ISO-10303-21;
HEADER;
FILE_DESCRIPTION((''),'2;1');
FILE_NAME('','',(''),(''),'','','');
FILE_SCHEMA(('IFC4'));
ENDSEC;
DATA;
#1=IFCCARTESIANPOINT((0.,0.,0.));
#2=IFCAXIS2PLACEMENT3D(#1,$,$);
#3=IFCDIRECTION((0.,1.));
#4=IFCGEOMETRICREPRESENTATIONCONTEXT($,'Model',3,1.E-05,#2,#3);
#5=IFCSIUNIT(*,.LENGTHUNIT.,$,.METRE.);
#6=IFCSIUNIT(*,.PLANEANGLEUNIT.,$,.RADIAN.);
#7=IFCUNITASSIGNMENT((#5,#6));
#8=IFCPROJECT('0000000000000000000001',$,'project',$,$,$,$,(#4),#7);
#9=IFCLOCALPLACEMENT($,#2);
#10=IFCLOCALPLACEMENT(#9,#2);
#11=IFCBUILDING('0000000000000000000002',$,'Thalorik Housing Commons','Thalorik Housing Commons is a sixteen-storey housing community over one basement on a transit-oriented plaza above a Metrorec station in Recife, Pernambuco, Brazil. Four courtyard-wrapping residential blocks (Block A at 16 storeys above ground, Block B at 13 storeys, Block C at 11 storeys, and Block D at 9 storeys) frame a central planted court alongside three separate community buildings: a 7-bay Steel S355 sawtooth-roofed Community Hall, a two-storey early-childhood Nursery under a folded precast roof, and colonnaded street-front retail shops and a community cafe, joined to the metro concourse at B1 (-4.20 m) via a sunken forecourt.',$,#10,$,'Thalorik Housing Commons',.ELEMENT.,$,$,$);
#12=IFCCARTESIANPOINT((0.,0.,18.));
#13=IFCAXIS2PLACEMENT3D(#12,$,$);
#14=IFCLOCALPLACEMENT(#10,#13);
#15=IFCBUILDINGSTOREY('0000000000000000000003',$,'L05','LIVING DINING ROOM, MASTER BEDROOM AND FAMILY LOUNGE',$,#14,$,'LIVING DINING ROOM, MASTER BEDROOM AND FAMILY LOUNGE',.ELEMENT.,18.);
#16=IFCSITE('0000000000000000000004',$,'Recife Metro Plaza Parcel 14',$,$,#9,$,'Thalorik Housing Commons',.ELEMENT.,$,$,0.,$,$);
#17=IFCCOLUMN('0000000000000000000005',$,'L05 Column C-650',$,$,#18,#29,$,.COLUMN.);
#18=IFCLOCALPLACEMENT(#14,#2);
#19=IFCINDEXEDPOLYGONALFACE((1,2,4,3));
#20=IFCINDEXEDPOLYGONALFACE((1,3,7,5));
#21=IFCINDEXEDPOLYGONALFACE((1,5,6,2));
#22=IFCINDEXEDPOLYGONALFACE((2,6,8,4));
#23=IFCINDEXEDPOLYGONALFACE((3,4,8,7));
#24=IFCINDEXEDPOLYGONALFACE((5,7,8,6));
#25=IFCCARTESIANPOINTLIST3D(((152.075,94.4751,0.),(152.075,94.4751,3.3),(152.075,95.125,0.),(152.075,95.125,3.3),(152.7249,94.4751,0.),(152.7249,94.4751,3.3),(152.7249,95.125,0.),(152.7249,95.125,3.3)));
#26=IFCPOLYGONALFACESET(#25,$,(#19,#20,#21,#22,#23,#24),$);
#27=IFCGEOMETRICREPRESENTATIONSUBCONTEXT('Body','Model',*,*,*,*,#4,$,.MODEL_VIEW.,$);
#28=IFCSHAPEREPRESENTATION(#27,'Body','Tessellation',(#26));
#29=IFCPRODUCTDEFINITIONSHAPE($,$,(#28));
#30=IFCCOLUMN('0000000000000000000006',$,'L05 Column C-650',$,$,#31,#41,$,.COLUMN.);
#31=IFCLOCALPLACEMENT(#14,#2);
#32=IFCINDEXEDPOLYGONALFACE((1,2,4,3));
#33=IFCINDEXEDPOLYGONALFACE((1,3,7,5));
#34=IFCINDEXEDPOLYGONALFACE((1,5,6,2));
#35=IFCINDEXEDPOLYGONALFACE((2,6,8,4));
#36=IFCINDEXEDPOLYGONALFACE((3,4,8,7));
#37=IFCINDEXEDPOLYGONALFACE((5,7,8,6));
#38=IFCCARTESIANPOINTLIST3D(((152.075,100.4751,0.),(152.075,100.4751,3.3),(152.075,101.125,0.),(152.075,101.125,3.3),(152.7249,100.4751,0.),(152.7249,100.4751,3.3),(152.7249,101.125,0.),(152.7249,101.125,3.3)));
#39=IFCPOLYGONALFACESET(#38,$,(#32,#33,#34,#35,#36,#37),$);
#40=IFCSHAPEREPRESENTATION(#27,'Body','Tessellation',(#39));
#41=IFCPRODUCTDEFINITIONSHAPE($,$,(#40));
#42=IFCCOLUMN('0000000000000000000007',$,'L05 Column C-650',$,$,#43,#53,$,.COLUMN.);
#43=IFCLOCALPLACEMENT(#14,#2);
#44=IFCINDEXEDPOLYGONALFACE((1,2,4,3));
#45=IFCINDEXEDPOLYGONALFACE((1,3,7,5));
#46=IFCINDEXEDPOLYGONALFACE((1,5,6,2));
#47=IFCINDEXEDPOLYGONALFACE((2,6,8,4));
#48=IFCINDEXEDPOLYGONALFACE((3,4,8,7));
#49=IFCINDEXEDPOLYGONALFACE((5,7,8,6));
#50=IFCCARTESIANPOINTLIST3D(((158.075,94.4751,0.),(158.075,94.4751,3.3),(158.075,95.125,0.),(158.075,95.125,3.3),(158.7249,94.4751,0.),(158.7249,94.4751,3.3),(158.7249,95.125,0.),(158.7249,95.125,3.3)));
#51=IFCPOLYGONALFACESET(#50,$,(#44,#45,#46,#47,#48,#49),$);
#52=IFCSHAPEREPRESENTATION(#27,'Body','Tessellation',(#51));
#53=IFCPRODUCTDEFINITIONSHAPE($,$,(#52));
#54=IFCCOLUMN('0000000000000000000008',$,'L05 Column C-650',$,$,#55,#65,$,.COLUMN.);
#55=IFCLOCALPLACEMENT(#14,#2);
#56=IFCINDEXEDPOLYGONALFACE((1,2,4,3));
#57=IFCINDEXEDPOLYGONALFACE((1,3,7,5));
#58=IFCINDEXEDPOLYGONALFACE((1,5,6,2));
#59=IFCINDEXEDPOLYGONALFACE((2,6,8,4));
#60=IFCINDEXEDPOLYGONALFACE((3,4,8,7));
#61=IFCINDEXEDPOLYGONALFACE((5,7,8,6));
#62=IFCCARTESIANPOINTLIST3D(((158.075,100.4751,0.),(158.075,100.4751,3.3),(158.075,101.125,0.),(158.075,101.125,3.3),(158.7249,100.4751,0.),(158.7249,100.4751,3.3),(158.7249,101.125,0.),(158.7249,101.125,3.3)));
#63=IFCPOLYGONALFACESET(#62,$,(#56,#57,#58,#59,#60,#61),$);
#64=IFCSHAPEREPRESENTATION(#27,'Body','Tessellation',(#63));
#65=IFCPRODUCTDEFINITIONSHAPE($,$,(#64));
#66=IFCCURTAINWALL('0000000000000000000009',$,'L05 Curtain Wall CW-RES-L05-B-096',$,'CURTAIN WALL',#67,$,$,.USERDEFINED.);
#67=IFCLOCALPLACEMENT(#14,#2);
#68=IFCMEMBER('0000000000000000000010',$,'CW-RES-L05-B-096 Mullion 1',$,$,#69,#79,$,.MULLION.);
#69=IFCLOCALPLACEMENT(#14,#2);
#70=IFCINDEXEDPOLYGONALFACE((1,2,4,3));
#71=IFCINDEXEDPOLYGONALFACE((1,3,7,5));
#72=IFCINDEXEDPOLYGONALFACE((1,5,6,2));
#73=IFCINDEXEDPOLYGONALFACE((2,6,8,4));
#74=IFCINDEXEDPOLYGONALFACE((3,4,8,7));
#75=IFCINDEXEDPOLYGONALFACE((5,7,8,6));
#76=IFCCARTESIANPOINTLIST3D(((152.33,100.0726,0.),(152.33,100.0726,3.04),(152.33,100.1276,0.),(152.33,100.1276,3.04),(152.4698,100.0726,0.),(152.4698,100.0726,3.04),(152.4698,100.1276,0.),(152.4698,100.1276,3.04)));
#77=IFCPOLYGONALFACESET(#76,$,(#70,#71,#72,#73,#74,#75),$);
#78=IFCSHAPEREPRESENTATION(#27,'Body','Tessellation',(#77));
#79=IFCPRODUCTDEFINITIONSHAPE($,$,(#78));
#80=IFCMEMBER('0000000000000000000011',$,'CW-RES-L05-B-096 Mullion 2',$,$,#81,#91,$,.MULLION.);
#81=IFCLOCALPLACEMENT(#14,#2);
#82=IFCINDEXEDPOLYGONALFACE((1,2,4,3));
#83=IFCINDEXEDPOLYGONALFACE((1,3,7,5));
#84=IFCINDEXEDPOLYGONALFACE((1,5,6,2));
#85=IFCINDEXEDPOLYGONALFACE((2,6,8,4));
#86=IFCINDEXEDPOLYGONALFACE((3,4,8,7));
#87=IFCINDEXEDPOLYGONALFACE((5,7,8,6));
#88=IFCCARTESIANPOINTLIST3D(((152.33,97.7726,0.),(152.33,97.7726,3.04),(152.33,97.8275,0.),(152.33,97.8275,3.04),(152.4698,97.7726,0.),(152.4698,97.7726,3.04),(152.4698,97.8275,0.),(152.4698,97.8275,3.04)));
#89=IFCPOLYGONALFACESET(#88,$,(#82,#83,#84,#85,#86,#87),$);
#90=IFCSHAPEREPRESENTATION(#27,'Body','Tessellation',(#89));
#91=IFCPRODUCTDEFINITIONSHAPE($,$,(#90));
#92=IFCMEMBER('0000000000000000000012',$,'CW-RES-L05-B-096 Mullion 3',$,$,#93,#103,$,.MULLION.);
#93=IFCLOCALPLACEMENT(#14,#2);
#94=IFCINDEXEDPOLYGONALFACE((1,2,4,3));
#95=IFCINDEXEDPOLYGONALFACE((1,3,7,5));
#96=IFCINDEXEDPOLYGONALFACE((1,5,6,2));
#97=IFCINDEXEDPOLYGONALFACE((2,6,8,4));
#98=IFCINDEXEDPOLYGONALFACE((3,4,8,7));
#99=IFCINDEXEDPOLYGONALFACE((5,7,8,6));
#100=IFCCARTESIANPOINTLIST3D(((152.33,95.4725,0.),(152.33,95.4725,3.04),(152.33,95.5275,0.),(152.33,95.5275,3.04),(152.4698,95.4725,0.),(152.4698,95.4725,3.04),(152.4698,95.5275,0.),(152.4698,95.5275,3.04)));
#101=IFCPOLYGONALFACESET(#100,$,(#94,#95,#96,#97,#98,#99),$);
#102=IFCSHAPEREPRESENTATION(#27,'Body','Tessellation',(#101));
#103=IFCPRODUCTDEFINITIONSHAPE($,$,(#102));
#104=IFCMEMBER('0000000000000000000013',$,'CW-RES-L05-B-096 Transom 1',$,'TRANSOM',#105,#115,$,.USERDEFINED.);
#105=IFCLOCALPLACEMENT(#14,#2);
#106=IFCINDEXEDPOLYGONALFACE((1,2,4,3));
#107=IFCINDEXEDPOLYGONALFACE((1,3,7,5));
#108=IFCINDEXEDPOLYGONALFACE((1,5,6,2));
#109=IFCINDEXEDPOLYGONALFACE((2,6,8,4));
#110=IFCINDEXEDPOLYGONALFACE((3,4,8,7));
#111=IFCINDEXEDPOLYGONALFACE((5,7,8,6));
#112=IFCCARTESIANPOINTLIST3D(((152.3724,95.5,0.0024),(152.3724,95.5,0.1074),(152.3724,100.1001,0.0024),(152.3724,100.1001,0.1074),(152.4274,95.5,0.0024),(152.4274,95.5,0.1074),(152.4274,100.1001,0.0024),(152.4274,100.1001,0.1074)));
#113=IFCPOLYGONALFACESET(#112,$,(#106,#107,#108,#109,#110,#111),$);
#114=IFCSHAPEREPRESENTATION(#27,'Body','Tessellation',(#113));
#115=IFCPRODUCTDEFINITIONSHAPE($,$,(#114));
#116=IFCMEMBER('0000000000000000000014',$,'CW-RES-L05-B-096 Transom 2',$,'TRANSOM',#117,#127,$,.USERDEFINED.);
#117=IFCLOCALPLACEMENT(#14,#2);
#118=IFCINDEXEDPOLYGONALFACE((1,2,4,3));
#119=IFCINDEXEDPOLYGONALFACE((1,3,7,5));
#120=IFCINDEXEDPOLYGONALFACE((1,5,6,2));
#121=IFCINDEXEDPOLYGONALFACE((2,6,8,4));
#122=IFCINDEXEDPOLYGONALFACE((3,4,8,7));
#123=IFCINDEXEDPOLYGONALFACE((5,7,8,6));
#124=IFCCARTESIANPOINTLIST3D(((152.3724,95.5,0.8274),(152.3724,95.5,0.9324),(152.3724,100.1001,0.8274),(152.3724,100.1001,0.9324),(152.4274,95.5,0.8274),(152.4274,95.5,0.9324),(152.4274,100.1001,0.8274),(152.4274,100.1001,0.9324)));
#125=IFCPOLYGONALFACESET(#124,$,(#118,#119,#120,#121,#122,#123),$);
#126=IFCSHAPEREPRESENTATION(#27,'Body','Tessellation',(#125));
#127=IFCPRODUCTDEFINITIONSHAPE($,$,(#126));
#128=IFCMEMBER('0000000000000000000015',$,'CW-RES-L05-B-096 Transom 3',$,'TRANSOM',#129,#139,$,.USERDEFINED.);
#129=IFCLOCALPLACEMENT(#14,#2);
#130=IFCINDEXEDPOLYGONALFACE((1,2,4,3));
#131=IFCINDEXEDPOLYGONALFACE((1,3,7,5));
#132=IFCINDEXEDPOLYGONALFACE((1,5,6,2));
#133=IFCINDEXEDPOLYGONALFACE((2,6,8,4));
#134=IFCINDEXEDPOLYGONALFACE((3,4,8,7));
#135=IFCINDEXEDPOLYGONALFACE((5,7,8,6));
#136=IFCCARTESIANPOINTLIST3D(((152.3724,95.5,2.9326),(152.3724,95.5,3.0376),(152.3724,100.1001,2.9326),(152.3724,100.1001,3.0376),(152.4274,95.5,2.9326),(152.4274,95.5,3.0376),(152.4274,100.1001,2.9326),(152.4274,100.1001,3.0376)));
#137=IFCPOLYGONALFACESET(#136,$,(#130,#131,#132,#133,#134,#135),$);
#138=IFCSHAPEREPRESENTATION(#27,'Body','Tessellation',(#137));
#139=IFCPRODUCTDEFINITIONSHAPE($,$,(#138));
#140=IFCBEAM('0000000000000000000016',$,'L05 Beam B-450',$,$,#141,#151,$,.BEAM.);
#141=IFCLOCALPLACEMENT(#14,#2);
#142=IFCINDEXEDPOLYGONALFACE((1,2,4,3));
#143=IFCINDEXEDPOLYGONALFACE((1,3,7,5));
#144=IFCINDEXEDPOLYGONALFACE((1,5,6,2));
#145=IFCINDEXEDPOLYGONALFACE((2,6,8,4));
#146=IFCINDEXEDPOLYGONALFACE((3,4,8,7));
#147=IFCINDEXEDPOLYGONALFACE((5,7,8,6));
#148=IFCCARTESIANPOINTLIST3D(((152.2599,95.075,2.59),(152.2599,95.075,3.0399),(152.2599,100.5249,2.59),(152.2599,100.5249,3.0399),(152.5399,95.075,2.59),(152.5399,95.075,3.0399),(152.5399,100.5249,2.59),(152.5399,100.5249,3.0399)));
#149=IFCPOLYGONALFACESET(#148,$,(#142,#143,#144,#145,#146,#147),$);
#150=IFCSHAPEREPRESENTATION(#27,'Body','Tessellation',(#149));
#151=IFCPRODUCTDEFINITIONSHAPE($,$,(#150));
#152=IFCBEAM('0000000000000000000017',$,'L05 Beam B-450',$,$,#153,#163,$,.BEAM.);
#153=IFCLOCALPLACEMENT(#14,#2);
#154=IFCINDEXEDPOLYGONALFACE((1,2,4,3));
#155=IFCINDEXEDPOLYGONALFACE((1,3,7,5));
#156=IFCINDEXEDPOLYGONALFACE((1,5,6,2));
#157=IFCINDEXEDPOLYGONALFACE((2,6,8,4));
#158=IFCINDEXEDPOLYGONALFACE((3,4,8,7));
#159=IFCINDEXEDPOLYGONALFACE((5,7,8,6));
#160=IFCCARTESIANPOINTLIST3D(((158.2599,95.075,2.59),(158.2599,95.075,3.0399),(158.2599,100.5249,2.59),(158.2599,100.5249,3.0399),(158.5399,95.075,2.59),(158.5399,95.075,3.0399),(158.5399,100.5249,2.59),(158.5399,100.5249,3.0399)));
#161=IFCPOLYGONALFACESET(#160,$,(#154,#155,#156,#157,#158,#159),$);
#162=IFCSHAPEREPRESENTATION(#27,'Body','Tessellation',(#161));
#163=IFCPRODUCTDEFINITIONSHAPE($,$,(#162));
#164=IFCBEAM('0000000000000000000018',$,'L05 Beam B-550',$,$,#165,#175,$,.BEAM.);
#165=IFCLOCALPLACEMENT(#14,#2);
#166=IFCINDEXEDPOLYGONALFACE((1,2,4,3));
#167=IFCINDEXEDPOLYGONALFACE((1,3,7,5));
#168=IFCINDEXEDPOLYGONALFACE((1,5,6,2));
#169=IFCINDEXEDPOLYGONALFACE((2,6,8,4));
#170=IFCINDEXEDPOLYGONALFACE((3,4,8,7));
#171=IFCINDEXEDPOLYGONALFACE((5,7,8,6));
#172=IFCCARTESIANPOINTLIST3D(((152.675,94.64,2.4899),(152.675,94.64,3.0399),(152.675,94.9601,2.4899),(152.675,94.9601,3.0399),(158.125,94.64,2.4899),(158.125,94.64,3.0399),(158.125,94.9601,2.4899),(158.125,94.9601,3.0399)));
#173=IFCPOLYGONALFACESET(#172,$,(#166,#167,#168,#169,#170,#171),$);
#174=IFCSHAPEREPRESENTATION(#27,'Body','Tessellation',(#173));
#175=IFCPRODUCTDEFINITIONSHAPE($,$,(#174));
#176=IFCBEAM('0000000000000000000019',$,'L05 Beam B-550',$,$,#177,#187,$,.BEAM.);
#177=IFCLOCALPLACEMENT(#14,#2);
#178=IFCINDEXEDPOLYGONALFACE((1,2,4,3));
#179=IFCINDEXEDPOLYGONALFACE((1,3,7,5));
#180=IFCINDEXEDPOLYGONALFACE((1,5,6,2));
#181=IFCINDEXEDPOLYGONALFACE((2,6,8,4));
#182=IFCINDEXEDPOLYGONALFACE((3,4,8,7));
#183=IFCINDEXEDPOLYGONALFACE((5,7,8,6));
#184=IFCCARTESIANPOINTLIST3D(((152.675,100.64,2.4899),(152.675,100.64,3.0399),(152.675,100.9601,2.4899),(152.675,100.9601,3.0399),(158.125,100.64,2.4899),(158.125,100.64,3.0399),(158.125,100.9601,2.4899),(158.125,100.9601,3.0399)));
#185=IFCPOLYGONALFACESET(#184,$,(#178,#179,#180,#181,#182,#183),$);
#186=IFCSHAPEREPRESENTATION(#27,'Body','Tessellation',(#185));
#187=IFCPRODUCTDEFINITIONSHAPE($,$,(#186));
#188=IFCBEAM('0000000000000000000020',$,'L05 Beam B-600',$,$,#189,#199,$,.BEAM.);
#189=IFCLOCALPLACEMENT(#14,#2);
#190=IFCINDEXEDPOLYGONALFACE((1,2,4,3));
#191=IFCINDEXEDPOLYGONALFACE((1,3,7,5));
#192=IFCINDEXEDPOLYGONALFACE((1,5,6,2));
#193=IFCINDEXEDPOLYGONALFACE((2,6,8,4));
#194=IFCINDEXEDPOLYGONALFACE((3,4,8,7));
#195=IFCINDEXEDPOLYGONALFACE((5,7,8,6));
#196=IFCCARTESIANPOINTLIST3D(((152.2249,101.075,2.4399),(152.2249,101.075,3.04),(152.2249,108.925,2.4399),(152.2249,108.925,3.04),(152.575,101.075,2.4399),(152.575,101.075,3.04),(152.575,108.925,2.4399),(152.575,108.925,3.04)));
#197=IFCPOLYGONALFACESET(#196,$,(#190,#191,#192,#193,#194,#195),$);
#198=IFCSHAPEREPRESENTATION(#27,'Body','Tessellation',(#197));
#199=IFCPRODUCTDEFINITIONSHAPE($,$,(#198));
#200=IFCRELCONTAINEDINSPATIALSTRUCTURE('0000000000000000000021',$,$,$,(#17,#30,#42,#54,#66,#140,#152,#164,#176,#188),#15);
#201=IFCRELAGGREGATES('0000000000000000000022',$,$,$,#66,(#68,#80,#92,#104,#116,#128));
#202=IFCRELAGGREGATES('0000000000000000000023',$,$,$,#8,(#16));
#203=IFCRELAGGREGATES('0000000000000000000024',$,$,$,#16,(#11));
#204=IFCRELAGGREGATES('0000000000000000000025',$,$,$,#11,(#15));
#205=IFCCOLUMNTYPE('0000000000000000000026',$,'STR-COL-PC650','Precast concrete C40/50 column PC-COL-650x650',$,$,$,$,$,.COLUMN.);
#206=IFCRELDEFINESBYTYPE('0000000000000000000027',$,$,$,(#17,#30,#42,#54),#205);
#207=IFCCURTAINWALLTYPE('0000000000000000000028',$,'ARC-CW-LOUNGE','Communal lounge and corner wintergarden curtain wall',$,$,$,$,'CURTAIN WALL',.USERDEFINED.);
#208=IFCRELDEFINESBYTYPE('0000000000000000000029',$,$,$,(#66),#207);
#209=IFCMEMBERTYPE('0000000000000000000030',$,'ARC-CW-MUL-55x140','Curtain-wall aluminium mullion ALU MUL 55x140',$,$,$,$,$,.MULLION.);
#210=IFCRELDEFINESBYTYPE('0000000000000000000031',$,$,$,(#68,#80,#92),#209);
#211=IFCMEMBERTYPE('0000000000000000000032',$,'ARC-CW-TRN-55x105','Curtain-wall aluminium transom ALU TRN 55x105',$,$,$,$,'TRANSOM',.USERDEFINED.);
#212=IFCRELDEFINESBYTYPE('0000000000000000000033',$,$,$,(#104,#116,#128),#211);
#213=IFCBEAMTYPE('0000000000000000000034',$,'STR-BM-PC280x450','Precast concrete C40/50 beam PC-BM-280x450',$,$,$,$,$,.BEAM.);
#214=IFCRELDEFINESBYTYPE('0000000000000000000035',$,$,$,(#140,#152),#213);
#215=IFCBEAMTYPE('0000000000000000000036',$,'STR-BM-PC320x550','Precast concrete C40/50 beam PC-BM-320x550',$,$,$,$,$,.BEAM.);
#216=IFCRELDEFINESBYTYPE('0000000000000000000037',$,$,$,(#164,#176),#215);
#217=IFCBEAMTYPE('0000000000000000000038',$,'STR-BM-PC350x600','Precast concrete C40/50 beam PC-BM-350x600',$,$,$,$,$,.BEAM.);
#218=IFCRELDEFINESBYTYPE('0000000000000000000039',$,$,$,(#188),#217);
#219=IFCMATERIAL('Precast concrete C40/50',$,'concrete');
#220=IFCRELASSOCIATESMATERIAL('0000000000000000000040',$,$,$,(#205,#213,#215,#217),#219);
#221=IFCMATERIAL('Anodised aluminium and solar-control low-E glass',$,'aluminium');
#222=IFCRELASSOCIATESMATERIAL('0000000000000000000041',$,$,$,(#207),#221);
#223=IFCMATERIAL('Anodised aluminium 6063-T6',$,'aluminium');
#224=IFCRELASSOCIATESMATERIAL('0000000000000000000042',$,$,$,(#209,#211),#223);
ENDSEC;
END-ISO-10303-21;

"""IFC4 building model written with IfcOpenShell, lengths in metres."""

from ifc_helpers import new_model, si_unit, direction, frame, origin, origin_2d, place, context, subcontext, project, spatial, rectangle, extrude, material, material_profile, profile_set, type_object, element, aggregate, save


model = new_model("IFC4")

# Units and contexts
model_context = context("Model", 3, precision=1e-05, world=origin(), true_north=direction((0.0, 1.0)))
body_context = subcontext(model_context, "Body", "Model", "MODEL_VIEW")
ifc_project = project(units=[si_unit("LENGTHUNIT", "METRE"), si_unit("PLANEANGLEUNIT", "RADIAN")], contexts=[model_context])

# Site, building, storey
site_placement = place(None, origin())
site = spatial("IfcSite", under=ifc_project, at=site_placement, Name="Recife Metro Plaza Parcel 14", LongName="Thalorik Housing Commons", CompositionType="ELEMENT", RefElevation=0.0)
building_placement = place(site_placement, origin())
building = spatial("IfcBuilding", under=site, at=building_placement, Name="Thalorik Housing Commons", Description="Thalorik Housing Commons is a sixteen-storey housing community over one basement on a transit-oriented plaza above a Metrorec station in Recife, Pernambuco, Brazil. Four courtyard-wrapping residential blocks (Block A at 16 storeys above ground, Block B at 13 storeys, Block C at 11 storeys, and Block D at 9 storeys) frame a central planted court alongside three separate community buildings: a 7-bay Steel S355 sawtooth-roofed Community Hall, a two-storey early-childhood Nursery under a folded precast roof, and colonnaded street-front retail shops and a community cafe, joined to the metro concourse at B1 (-4.20 m) via a sunken forecourt.", LongName="Thalorik Housing Commons", CompositionType="ELEMENT")
storey_placement = place(building_placement, frame((0.0, 0.0, 18.0)))
storey = spatial("IfcBuildingStorey", under=building, at=storey_placement, Name="L05", Description="LIVING DINING ROOM, MASTER BEDROOM AND FAMILY LOUNGE", LongName="LIVING DINING ROOM, MASTER BEDROOM AND FAMILY LOUNGE", CompositionType="ELEMENT", Elevation=18.0)

# Columns
ifc_material_1 = material(Name="Precast concrete C40/50", Category="concrete")
ifc_material_profile_1 = material_profile(ifc_material_1, rectangle(XDim=0.6499, YDim=0.6499, at=origin_2d()), Name="PC 650x650", Category="concrete")
ifc_profile_set_1 = profile_set([ifc_material_profile_1], Name="Precast concrete C40/50")
column_type = type_object("IfcColumnType", Name="STR-COL-PC650", Description="Precast concrete C40/50 column PC-COL-650x650", PredefinedType="COLUMN", material=ifc_profile_set_1)
for number, where, z_axis, x_axis, name in (
    (1, (152.3999, 94.8, 0.0), (0.0, 0.0, 1.0), (1.0, 0.0, 0.0), "L05 Column C-650"),
    (2, (152.3999, 100.8, 0.0), (0.0, 0.0, 1.0), (1.0, 0.0, 0.0), "L05 Column C-650"),
    (3, (158.3999, 94.8, 0.0), (0.0, 0.0, 1.0), (1.0, 0.0, 0.0), "L05 Column C-650"),
    (4, (158.3999, 100.8, 0.0), (0.0, 0.0, 1.0), (1.0, 0.0, 0.0), "L05 Column C-650"),
):
    element("IfcColumn", number, at=place(storey_placement, frame(where, z_axis=z_axis, x_axis=x_axis)), inside=storey, type_object=column_type, Name=name, PredefinedType="COLUMN", context=body_context, shape_type="SweptSolid", body=[
        extrude(rectangle(XDim=0.6499, YDim=0.6499, at=origin_2d()), origin(), (0.0, 0.0, 1.0), 3.3),
    ])

# Curtain wall, members
ifc_material_2 = material(Name="Anodised aluminium and solar-control low-E glass", Category="aluminium")
curtain_wall_type = type_object("IfcCurtainWallType", Name="ARC-CW-LOUNGE", Description="Communal lounge and corner wintergarden curtain wall", ElementType="CURTAIN WALL", PredefinedType="USERDEFINED", material=ifc_material_2)
curtain_wall_placement = place(storey_placement, origin())
curtain_wall = element("IfcCurtainWall", 5, at=curtain_wall_placement, inside=storey, type_object=curtain_wall_type, Name="L05 Curtain Wall CW-RES-L05-B-096", ObjectType="CURTAIN WALL", PredefinedType="USERDEFINED")
ifc_material_3 = material(Name="Anodised aluminium 6063-T6", Category="aluminium")
ifc_material_profile_2 = material_profile(ifc_material_3, rectangle(XDim=0.0549, YDim=0.1399, at=origin_2d()), Name="ALU MUL 55x140", Category="aluminium")
ifc_profile_set_2 = profile_set([ifc_material_profile_2], Name="Anodised aluminium 6063-T6")
member_type_1 = type_object("IfcMemberType", Name="ARC-CW-MUL-55x140", Description="Curtain-wall aluminium mullion ALU MUL 55x140", PredefinedType="MULLION", material=ifc_profile_set_2)
member_1_placement = place(storey_placement, frame((152.3999, 100.1001, 0.0), z_axis=(0.0, 0.0, 1.0), x_axis=(0.0, -1.0, 0.0)))
member_1 = element("IfcMember", 6, at=member_1_placement, type_object=member_type_1, Name="CW-RES-L05-B-096 Mullion 1", PredefinedType="MULLION", context=body_context, shape_type="SweptSolid", body=[
    extrude(rectangle(XDim=0.0549, YDim=0.1399, at=origin_2d()), origin(), (0.0, 0.0, 1.0), 3.04),
])
member_2_placement = place(storey_placement, frame((152.3999, 97.8, 0.0), z_axis=(0.0, 0.0, 1.0), x_axis=(0.0, -1.0, 0.0)))
member_2 = element("IfcMember", 7, at=member_2_placement, type_object=member_type_1, Name="CW-RES-L05-B-096 Mullion 2", PredefinedType="MULLION", context=body_context, shape_type="SweptSolid", body=[
    extrude(rectangle(XDim=0.0549, YDim=0.1399, at=origin_2d()), origin(), (0.0, 0.0, 1.0), 3.04),
])
member_3_placement = place(storey_placement, frame((152.3999, 95.5, 0.0), z_axis=(0.0, 0.0, 1.0), x_axis=(0.0, -1.0, 0.0)))
member_3 = element("IfcMember", 8, at=member_3_placement, type_object=member_type_1, Name="CW-RES-L05-B-096 Mullion 3", PredefinedType="MULLION", context=body_context, shape_type="SweptSolid", body=[
    extrude(rectangle(XDim=0.0549, YDim=0.1399, at=origin_2d()), origin(), (0.0, 0.0, 1.0), 3.04),
])
ifc_material_profile_3 = material_profile(ifc_material_3, rectangle(XDim=0.0549, YDim=0.105, at=origin_2d()), Name="ALU TRN 55x105", Category="aluminium")
ifc_profile_set_3 = profile_set([ifc_material_profile_3], Name="Anodised aluminium 6063-T6")
member_type_2 = type_object("IfcMemberType", Name="ARC-CW-TRN-55x105", Description="Curtain-wall aluminium transom ALU TRN 55x105", ElementType="TRANSOM", PredefinedType="USERDEFINED", material=ifc_profile_set_3)
member_4_placement = place(storey_placement, frame((152.3999, 100.1001, 0.0549), z_axis=(0.0, -1.0, 0.0), x_axis=(1.0, 0.0, 0.0)))
member_4 = element("IfcMember", 9, at=member_4_placement, type_object=member_type_2, Name="CW-RES-L05-B-096 Transom 1", ObjectType="TRANSOM", PredefinedType="USERDEFINED", context=body_context, shape_type="SweptSolid", body=[
    extrude(rectangle(XDim=0.0549, YDim=0.105, at=origin_2d()), origin(), (0.0, 0.0, 1.0), 4.6001),
])
member_5_placement = place(storey_placement, frame((152.3999, 100.1001, 0.8799), z_axis=(0.0, -1.0, 0.0), x_axis=(1.0, 0.0, 0.0)))
member_5 = element("IfcMember", 10, at=member_5_placement, type_object=member_type_2, Name="CW-RES-L05-B-096 Transom 2", ObjectType="TRANSOM", PredefinedType="USERDEFINED", context=body_context, shape_type="SweptSolid", body=[
    extrude(rectangle(XDim=0.0549, YDim=0.105, at=origin_2d()), origin(), (0.0, 0.0, 1.0), 4.6001),
])
member_6_placement = place(storey_placement, frame((152.3999, 100.1001, 2.9851), z_axis=(0.0, -1.0, 0.0), x_axis=(1.0, 0.0, 0.0)))
member_6 = element("IfcMember", 11, at=member_6_placement, type_object=member_type_2, Name="CW-RES-L05-B-096 Transom 3", ObjectType="TRANSOM", PredefinedType="USERDEFINED", context=body_context, shape_type="SweptSolid", body=[
    extrude(rectangle(XDim=0.0549, YDim=0.105, at=origin_2d()), origin(), (0.0, 0.0, 1.0), 4.6001),
])

# Beams
ifc_material_profile_4 = material_profile(ifc_material_1, rectangle(XDim=0.28, YDim=0.45, at=origin_2d()), Name="PC 280x450", Category="concrete")
ifc_profile_set_4 = profile_set([ifc_material_profile_4], Name="Precast concrete C40/50")
beam_type_1 = type_object("IfcBeamType", Name="STR-BM-PC280x450", Description="Precast concrete C40/50 beam PC-BM-280x450", PredefinedType="BEAM", material=ifc_profile_set_4)
for number, where, z_axis, x_axis, name in (
    (12, (152.3999, 95.075, 2.8149), (0.0, 1.0, 0.0), (-1.0, 0.0, 0.0), "L05 Beam B-450"),
    (13, (158.3999, 95.075, 2.8149), (0.0, 1.0, 0.0), (-1.0, 0.0, 0.0), "L05 Beam B-450"),
):
    element("IfcBeam", number, at=place(storey_placement, frame(where, z_axis=z_axis, x_axis=x_axis)), inside=storey, type_object=beam_type_1, Name=name, PredefinedType="BEAM", context=body_context, shape_type="SweptSolid", body=[
        extrude(rectangle(XDim=0.28, YDim=0.45, at=origin_2d()), origin(), (0.0, 0.0, 1.0), 5.45),
    ])
ifc_material_profile_5 = material_profile(ifc_material_1, rectangle(XDim=0.3201, YDim=0.55, at=origin_2d()), Name="PC 320x550", Category="concrete")
ifc_profile_set_5 = profile_set([ifc_material_profile_5], Name="Precast concrete C40/50")
beam_type_2 = type_object("IfcBeamType", Name="STR-BM-PC320x550", Description="Precast concrete C40/50 beam PC-BM-320x550", PredefinedType="BEAM", material=ifc_profile_set_5)
for number, where, z_axis, x_axis, name in (
    (14, (152.675, 94.8, 2.7649), (1.0, 0.0, 0.0), (0.0, 1.0, 0.0), "L05 Beam B-550"),
    (15, (152.675, 100.8, 2.7649), (1.0, 0.0, 0.0), (0.0, 1.0, 0.0), "L05 Beam B-550"),
):
    element("IfcBeam", number, at=place(storey_placement, frame(where, z_axis=z_axis, x_axis=x_axis)), inside=storey, type_object=beam_type_2, Name=name, PredefinedType="BEAM", context=body_context, shape_type="SweptSolid", body=[
        extrude(rectangle(XDim=0.3201, YDim=0.55, at=origin_2d()), origin(), (0.0, 0.0, 1.0), 5.45),
    ])
ifc_material_profile_6 = material_profile(ifc_material_1, rectangle(XDim=0.3501, YDim=0.6001, at=origin_2d()), Name="PC 350x600", Category="concrete")
ifc_profile_set_6 = profile_set([ifc_material_profile_6], Name="Precast concrete C40/50")
beam_type_3 = type_object("IfcBeamType", Name="STR-BM-PC350x600", Description="Precast concrete C40/50 beam PC-BM-350x600", PredefinedType="BEAM", material=ifc_profile_set_6)
for number, where, z_axis, x_axis, name in (
    (16, (152.3999, 101.075, 2.74), (0.0, 1.0, 0.0), (-1.0, 0.0, 0.0), "L05 Beam B-600"),
):
    element("IfcBeam", number, at=place(storey_placement, frame(where, z_axis=z_axis, x_axis=x_axis)), inside=storey, type_object=beam_type_3, Name=name, PredefinedType="BEAM", context=body_context, shape_type="SweptSolid", body=[
        extrude(rectangle(XDim=0.3501, YDim=0.6001, at=origin_2d()), origin(), (0.0, 0.0, 1.0), 7.8501),
    ])

aggregate(curtain_wall, [member_1, member_2, member_3, member_4, member_5, member_6])

save(model, "model.ifc")
